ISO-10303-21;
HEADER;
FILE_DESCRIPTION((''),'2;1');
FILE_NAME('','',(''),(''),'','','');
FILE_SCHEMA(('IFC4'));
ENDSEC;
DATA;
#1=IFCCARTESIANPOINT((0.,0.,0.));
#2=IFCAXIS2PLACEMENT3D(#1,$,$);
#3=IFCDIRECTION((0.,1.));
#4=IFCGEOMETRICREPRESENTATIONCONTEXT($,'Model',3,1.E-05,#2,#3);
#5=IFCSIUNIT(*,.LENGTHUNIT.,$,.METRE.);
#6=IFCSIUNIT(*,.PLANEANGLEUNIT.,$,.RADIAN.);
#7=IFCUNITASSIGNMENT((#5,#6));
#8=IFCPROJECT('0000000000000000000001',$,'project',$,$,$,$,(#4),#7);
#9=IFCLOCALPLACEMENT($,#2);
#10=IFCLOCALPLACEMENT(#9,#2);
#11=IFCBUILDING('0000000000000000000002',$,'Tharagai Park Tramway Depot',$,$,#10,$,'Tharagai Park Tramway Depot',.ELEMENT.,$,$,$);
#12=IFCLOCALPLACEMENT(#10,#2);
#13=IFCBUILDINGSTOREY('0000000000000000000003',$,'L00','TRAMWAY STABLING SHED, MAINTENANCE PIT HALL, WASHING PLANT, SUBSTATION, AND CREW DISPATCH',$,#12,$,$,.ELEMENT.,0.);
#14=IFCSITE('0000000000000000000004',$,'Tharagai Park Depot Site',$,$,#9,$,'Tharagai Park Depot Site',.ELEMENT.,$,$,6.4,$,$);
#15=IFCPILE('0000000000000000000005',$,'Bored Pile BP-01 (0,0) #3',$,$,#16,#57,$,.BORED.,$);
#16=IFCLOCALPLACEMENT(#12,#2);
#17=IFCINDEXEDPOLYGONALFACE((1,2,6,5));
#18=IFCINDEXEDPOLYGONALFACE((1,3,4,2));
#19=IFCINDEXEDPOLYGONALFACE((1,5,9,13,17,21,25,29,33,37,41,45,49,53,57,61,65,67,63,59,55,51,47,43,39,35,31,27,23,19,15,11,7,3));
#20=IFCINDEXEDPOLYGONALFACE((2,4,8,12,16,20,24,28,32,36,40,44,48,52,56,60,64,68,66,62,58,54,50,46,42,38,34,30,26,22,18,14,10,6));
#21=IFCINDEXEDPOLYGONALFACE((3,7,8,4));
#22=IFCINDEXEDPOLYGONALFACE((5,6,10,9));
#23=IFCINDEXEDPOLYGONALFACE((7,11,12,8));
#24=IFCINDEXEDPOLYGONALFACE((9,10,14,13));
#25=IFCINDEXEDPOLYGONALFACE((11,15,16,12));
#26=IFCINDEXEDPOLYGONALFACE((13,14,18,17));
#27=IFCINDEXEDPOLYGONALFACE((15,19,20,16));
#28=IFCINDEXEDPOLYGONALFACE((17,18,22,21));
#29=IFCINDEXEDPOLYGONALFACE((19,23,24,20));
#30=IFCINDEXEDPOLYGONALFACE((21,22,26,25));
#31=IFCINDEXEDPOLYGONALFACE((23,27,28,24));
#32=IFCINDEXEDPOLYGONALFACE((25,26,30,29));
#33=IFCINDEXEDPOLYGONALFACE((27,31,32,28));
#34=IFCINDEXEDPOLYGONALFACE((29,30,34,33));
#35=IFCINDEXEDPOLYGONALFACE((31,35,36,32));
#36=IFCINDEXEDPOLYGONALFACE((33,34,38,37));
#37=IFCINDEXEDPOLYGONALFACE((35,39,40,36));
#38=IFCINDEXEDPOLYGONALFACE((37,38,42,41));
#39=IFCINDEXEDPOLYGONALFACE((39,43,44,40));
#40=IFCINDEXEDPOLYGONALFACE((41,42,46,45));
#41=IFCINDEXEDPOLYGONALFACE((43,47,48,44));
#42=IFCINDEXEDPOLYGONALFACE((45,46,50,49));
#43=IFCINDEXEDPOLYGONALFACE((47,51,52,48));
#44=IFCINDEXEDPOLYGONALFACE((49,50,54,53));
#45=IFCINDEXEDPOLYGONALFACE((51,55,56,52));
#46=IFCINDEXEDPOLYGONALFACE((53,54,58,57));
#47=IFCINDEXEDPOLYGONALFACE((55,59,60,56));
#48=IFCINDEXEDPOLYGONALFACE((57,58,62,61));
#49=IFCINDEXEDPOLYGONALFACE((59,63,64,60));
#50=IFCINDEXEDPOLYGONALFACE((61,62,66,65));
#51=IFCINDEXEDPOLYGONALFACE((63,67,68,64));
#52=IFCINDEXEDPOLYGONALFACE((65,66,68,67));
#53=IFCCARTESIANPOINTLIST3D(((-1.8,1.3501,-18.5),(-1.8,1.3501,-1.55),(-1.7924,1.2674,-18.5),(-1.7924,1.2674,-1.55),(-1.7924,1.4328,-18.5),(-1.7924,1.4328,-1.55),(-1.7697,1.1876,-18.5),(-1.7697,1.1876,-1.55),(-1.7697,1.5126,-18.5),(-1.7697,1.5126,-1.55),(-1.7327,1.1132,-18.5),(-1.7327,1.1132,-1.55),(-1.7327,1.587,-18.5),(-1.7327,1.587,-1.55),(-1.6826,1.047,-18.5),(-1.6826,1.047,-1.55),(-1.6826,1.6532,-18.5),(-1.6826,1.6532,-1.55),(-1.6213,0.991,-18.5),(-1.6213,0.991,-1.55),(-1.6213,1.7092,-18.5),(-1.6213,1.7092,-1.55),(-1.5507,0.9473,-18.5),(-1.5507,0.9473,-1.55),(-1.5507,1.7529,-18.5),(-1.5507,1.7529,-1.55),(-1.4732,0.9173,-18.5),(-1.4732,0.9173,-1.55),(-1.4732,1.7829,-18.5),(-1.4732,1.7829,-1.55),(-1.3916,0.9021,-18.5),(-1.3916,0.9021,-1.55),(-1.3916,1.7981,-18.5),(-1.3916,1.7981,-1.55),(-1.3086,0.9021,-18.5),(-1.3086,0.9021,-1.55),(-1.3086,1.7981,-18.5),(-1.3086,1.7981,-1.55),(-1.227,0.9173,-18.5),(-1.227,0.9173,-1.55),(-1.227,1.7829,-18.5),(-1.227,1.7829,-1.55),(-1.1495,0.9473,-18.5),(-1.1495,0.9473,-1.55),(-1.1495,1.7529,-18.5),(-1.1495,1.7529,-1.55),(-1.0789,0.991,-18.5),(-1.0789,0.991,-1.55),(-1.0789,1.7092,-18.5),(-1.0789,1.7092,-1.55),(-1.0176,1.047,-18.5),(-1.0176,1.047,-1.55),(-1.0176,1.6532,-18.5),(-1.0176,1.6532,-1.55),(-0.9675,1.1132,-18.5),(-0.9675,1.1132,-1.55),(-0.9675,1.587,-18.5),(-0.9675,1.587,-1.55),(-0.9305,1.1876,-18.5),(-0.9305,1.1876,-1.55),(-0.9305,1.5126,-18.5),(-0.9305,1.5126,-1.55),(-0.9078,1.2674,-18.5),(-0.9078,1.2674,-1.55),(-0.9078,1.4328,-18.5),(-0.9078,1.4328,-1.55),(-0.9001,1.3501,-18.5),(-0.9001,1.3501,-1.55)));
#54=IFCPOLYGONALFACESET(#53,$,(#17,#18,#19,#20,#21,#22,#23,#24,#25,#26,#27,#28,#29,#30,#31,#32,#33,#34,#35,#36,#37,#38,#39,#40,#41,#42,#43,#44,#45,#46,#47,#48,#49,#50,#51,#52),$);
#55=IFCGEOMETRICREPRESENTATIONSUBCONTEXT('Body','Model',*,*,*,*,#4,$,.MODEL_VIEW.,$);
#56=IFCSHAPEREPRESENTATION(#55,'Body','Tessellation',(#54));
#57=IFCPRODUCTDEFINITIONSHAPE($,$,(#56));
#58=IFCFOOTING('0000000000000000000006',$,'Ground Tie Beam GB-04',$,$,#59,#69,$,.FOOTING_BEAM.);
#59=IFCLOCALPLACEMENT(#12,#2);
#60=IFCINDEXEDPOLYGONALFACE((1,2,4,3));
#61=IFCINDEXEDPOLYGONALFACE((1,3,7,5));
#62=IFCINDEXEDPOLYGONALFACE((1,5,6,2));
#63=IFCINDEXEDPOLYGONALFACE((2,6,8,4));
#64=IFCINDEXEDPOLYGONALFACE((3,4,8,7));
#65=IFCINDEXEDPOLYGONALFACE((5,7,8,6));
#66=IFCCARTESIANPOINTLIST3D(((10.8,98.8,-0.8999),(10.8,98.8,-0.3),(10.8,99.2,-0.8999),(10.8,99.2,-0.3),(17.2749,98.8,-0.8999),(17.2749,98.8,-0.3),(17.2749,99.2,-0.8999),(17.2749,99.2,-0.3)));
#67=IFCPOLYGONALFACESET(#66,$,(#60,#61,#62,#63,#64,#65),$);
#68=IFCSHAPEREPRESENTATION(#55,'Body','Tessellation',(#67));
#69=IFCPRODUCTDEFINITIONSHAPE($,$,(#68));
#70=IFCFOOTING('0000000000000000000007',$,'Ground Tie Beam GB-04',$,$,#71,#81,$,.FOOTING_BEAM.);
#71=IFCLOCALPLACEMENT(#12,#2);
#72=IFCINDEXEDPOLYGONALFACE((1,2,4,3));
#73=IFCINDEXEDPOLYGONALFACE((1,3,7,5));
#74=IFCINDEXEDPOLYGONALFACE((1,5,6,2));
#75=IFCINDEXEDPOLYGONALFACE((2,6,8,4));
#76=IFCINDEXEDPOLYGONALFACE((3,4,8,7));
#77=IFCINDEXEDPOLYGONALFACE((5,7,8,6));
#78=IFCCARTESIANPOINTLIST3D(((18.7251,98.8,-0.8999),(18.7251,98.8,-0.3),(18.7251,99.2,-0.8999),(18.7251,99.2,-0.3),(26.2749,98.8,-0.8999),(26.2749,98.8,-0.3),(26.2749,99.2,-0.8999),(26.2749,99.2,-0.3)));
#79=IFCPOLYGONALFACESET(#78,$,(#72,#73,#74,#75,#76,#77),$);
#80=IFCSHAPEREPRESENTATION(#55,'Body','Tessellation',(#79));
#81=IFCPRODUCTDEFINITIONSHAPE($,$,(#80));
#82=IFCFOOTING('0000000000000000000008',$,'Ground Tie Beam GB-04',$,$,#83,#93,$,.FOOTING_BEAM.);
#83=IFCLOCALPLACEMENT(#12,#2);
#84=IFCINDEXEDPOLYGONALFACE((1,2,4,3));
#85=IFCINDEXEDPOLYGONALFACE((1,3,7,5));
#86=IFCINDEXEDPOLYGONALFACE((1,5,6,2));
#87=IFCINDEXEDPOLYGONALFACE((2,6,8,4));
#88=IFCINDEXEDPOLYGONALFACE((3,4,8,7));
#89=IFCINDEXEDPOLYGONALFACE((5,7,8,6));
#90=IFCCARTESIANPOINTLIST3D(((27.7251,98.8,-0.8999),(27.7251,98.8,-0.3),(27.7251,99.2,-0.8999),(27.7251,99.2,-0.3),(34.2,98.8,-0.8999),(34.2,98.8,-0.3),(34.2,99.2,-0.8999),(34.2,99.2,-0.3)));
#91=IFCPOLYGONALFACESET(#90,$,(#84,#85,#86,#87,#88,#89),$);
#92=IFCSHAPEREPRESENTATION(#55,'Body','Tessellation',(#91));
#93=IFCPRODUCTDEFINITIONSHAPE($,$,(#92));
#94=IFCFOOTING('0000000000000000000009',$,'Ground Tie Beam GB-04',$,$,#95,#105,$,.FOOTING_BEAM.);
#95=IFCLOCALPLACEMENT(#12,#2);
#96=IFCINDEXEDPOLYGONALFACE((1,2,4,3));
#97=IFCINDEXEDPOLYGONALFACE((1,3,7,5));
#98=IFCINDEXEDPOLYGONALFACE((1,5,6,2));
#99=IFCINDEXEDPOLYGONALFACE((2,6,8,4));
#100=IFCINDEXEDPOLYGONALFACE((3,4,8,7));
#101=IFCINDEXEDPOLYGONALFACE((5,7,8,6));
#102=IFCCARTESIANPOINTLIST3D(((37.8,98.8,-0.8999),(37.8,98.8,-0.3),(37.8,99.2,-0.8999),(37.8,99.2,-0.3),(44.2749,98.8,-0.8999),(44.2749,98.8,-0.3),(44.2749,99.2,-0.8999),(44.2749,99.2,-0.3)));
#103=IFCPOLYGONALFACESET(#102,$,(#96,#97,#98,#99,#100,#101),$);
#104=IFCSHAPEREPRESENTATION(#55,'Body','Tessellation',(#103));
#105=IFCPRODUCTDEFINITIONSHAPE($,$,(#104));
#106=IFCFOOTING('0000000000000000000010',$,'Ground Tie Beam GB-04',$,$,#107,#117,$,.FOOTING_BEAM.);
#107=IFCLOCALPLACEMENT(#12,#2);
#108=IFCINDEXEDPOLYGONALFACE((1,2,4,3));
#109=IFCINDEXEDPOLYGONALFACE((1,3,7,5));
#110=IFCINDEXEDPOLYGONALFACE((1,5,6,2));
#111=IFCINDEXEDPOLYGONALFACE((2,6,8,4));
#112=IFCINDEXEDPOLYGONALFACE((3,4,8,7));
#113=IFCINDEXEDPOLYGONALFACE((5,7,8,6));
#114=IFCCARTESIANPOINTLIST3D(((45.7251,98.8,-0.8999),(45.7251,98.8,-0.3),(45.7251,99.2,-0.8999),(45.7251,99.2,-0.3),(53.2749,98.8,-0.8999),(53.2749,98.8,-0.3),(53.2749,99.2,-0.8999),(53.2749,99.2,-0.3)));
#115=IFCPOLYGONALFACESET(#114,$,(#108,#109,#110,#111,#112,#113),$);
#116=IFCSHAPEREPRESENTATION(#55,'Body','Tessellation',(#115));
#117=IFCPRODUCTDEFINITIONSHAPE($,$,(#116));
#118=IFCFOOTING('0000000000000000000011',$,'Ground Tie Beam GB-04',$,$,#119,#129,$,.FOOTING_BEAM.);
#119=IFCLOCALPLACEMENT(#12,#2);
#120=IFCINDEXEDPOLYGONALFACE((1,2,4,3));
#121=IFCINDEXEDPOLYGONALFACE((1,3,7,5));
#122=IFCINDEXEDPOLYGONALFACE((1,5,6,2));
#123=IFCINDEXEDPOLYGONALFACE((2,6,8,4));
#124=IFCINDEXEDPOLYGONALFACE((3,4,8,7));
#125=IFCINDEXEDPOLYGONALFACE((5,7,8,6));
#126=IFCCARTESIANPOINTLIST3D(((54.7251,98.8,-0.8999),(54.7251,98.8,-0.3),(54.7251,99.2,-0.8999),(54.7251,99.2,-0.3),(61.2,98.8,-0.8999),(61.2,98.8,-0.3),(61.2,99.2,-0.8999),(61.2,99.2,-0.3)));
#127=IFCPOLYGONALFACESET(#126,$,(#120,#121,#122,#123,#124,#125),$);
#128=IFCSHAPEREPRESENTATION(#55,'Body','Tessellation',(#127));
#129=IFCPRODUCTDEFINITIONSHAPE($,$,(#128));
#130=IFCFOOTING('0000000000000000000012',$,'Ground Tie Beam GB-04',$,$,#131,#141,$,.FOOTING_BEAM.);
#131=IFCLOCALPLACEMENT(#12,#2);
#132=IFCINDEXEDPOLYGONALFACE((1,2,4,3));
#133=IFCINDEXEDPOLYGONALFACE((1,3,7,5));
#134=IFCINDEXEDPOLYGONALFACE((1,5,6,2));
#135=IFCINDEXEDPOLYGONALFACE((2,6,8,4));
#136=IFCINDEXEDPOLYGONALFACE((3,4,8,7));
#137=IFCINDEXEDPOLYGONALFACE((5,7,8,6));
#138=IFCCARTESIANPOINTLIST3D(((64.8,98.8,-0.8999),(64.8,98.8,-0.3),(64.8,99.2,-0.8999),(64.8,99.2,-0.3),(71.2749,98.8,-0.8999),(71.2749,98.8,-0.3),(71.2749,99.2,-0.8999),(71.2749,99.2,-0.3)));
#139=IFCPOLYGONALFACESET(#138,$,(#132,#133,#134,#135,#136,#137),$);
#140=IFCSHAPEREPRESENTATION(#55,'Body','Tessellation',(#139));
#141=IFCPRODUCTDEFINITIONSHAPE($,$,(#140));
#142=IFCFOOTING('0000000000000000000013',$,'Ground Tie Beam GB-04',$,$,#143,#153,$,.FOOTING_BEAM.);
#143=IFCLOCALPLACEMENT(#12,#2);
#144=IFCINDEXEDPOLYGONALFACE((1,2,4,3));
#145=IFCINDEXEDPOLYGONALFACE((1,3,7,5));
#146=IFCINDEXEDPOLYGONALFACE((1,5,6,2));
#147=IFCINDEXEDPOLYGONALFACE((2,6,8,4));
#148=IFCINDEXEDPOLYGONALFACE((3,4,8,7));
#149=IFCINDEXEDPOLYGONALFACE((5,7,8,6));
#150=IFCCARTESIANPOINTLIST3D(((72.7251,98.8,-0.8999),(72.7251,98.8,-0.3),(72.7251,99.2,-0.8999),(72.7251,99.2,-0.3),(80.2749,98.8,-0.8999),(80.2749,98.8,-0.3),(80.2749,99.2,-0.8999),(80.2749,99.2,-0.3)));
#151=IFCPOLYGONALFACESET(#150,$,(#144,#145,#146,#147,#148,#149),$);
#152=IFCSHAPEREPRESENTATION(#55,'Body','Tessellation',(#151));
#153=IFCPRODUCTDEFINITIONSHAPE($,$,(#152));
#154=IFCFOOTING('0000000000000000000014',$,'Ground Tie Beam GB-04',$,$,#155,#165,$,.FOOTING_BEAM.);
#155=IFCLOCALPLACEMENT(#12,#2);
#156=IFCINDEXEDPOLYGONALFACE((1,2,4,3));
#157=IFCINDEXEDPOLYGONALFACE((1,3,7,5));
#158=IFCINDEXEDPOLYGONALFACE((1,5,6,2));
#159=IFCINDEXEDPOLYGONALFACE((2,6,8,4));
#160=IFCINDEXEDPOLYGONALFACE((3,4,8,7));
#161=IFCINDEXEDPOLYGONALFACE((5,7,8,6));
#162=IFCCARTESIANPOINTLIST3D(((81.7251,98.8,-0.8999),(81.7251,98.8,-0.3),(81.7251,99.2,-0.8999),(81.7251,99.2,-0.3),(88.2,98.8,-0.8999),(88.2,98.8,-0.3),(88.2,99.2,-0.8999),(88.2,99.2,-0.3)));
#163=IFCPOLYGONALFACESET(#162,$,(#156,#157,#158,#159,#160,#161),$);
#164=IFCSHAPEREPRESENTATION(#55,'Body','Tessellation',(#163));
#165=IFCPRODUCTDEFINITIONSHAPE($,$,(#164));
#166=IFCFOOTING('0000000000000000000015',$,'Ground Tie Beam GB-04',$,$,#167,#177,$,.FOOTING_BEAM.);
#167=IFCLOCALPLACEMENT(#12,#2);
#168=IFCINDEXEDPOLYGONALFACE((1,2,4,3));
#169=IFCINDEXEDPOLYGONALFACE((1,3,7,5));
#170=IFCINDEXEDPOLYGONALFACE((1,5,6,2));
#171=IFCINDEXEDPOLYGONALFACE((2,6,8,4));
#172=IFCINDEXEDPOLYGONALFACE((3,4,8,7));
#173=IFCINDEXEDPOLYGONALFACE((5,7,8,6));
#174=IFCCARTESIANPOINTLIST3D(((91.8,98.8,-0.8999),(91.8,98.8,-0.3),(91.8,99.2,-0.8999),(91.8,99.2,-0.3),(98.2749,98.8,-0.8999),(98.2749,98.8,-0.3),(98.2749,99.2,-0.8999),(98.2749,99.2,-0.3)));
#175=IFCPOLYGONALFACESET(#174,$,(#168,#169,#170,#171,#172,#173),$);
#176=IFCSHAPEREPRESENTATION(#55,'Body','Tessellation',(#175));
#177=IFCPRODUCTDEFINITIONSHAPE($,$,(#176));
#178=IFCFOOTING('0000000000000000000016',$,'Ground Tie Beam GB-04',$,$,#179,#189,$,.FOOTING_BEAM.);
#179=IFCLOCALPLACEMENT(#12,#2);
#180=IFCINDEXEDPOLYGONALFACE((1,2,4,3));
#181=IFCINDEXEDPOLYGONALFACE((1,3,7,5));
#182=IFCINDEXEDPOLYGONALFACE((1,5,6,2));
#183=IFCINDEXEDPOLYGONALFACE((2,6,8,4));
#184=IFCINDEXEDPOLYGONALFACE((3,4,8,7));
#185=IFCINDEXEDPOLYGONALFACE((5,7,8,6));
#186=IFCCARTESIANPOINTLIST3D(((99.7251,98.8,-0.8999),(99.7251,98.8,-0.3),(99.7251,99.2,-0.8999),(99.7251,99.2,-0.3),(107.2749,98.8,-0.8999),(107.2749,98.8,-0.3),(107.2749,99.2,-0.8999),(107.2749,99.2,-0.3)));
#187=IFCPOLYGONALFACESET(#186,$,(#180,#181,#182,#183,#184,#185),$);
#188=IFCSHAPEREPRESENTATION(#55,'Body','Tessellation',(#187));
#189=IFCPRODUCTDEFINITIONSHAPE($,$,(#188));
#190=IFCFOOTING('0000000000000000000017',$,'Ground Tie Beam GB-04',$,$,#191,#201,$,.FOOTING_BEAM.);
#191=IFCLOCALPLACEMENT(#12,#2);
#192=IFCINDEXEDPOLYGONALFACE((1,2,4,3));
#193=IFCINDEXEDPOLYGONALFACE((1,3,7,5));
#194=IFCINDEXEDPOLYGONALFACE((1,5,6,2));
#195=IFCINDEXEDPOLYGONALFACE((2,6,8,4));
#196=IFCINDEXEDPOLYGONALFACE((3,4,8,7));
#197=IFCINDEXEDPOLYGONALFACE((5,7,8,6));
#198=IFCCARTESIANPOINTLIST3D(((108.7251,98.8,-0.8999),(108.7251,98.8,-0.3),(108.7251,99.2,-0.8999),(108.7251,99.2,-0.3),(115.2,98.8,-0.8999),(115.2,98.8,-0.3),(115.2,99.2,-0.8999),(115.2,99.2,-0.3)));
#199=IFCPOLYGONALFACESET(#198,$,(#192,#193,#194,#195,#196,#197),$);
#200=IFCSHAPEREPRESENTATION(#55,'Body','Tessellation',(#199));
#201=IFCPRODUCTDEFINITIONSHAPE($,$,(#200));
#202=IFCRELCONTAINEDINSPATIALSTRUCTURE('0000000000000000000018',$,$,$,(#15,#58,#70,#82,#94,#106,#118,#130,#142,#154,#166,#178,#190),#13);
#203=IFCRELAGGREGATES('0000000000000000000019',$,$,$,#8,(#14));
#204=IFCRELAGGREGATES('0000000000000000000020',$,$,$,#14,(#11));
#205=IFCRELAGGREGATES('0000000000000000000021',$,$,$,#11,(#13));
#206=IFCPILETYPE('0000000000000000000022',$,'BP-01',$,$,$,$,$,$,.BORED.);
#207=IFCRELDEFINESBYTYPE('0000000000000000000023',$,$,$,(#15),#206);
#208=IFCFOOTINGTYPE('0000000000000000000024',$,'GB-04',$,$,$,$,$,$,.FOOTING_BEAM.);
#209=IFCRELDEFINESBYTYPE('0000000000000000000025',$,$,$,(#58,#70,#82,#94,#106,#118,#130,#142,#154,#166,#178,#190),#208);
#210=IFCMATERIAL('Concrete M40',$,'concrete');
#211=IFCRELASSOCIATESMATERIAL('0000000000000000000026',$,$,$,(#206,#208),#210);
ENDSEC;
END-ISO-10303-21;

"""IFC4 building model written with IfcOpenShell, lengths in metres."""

from ifc_helpers import new_model, si_unit, direction, frame, origin, origin_2d, place, context, subcontext, project, spatial, polyline, circle, outline, extrude, material, material_profile, profile_set, type_object, element, save


model = new_model("IFC4")

# Units and contexts
model_context = context("Model", 3, precision=1e-05, world=origin(), true_north=direction((0.0, 1.0)))
body_context = subcontext(model_context, "Body", "Model", "MODEL_VIEW")
ifc_project = project(units=[si_unit("LENGTHUNIT", "METRE"), si_unit("PLANEANGLEUNIT", "RADIAN")], contexts=[model_context])

# Site, building, storey
site_placement = place(None, origin())
site = spatial("IfcSite", under=ifc_project, at=site_placement, Name="Tharagai Park Depot Site", LongName="Tharagai Park Depot Site", CompositionType="ELEMENT", RefElevation=6.4)
building_placement = place(site_placement, origin())
building = spatial("IfcBuilding", under=site, at=building_placement, Name="Tharagai Park Tramway Depot", LongName="Tharagai Park Tramway Depot", CompositionType="ELEMENT")
storey_placement = place(building_placement, origin())
storey = spatial("IfcBuildingStorey", under=building, at=storey_placement, Name="L00", Description="TRAMWAY STABLING SHED, MAINTENANCE PIT HALL, WASHING PLANT, SUBSTATION, AND CREW DISPATCH", CompositionType="ELEMENT", Elevation=0.0)

# Pile
ifc_material = material(Name="Concrete M40", Category="concrete")
ifc_material_profile = material_profile(ifc_material, circle(Radius=0.45, at=origin_2d()), Name="PILE D900")
ifc_profile_set = profile_set([ifc_material_profile], Name="Concrete M40")
pile_type = type_object("IfcPileType", Name="BP-01", PredefinedType="BORED", material=ifc_profile_set)
pile_placement = place(storey_placement, frame((-1.3501, 1.3501, -1.55), z_axis=(0.0, 0.0, -1.0), x_axis=(1.0, 0.0, 0.0)))
element("IfcPile", 1, at=pile_placement, inside=storey, type_object=pile_type, Name="Bored Pile BP-01 (0,0) #3", PredefinedType="BORED", context=body_context, shape_type="SweptSolid", body=[
    extrude(circle(Radius=0.45, at=origin_2d()), origin(), (0.0, 0.0, 1.0), 16.95),
])

# Footings
footing_type = type_object("IfcFootingType", Name="GB-04", PredefinedType="FOOTING_BEAM", material=ifc_material)
footing_1_placement = place(storey_placement, frame((0.0, 0.0, -0.8999)))
element("IfcFooting", 2, at=footing_1_placement, inside=storey, type_object=footing_type, Name="Ground Tie Beam GB-04", PredefinedType="FOOTING_BEAM", context=body_context, shape_type="SweptSolid", body=[
    extrude(outline(polyline([(10.8, 98.8), (17.2749, 98.8), (17.2749, 99.2), (10.8, 99.2), (10.8, 98.8)])), origin(), (0.0, 0.0, 1.0), 0.5999),
])
footing_2_placement = place(storey_placement, frame((0.0, 0.0, -0.8999)))
element("IfcFooting", 3, at=footing_2_placement, inside=storey, type_object=footing_type, Name="Ground Tie Beam GB-04", PredefinedType="FOOTING_BEAM", context=body_context, shape_type="SweptSolid", body=[
    extrude(outline(polyline([(18.7251, 98.8), (26.2749, 98.8), (26.2749, 99.2), (18.7251, 99.2), (18.7251, 98.8)])), origin(), (0.0, 0.0, 1.0), 0.5999),
])
footing_3_placement = place(storey_placement, frame((0.0, 0.0, -0.8999)))
element("IfcFooting", 4, at=footing_3_placement, inside=storey, type_object=footing_type, Name="Ground Tie Beam GB-04", PredefinedType="FOOTING_BEAM", context=body_context, shape_type="SweptSolid", body=[
    extrude(outline(polyline([(27.7251, 98.8), (34.2, 98.8), (34.2, 99.2), (27.7251, 99.2), (27.7251, 98.8)])), origin(), (0.0, 0.0, 1.0), 0.5999),
])
footing_4_placement = place(storey_placement, frame((0.0, 0.0, -0.8999)))
element("IfcFooting", 5, at=footing_4_placement, inside=storey, type_object=footing_type, Name="Ground Tie Beam GB-04", PredefinedType="FOOTING_BEAM", context=body_context, shape_type="SweptSolid", body=[
    extrude(outline(polyline([(37.8, 98.8), (44.2749, 98.8), (44.2749, 99.2), (37.8, 99.2), (37.8, 98.8)])), origin(), (0.0, 0.0, 1.0), 0.5999),
])
footing_5_placement = place(storey_placement, frame((0.0, 0.0, -0.8999)))
element("IfcFooting", 6, at=footing_5_placement, inside=storey, type_object=footing_type, Name="Ground Tie Beam GB-04", PredefinedType="FOOTING_BEAM", context=body_context, shape_type="SweptSolid", body=[
    extrude(outline(polyline([(45.7251, 98.8), (53.2749, 98.8), (53.2749, 99.2), (45.7251, 99.2), (45.7251, 98.8)])), origin(), (0.0, 0.0, 1.0), 0.5999),
])
footing_6_placement = place(storey_placement, frame((0.0, 0.0, -0.8999)))
element("IfcFooting", 7, at=footing_6_placement, inside=storey, type_object=footing_type, Name="Ground Tie Beam GB-04", PredefinedType="FOOTING_BEAM", context=body_context, shape_type="SweptSolid", body=[
    extrude(outline(polyline([(54.7251, 98.8), (61.2, 98.8), (61.2, 99.2), (54.7251, 99.2), (54.7251, 98.8)])), origin(), (0.0, 0.0, 1.0), 0.5999),
])
footing_7_placement = place(storey_placement, frame((0.0, 0.0, -0.8999)))
element("IfcFooting", 8, at=footing_7_placement, inside=storey, type_object=footing_type, Name="Ground Tie Beam GB-04", PredefinedType="FOOTING_BEAM", context=body_context, shape_type="SweptSolid", body=[
    extrude(outline(polyline([(64.8, 98.8), (71.2749, 98.8), (71.2749, 99.2), (64.8, 99.2), (64.8, 98.8)])), origin(), (0.0, 0.0, 1.0), 0.5999),
])
footing_8_placement = place(storey_placement, frame((0.0, 0.0, -0.8999)))
element("IfcFooting", 9, at=footing_8_placement, inside=storey, type_object=footing_type, Name="Ground Tie Beam GB-04", PredefinedType="FOOTING_BEAM", context=body_context, shape_type="SweptSolid", body=[
    extrude(outline(polyline([(72.7251, 98.8), (80.2749, 98.8), (80.2749, 99.2), (72.7251, 99.2), (72.7251, 98.8)])), origin(), (0.0, 0.0, 1.0), 0.5999),
])
footing_9_placement = place(storey_placement, frame((0.0, 0.0, -0.8999)))
element("IfcFooting", 10, at=footing_9_placement, inside=storey, type_object=footing_type, Name="Ground Tie Beam GB-04", PredefinedType="FOOTING_BEAM", context=body_context, shape_type="SweptSolid", body=[
    extrude(outline(polyline([(81.7251, 98.8), (88.2, 98.8), (88.2, 99.2), (81.7251, 99.2), (81.7251, 98.8)])), origin(), (0.0, 0.0, 1.0), 0.5999),
])
footing_10_placement = place(storey_placement, frame((0.0, 0.0, -0.8999)))
element("IfcFooting", 11, at=footing_10_placement, inside=storey, type_object=footing_type, Name="Ground Tie Beam GB-04", PredefinedType="FOOTING_BEAM", context=body_context, shape_type="SweptSolid", body=[
    extrude(outline(polyline([(91.8, 98.8), (98.2749, 98.8), (98.2749, 99.2), (91.8, 99.2), (91.8, 98.8)])), origin(), (0.0, 0.0, 1.0), 0.5999),
])
footing_11_placement = place(storey_placement, frame((0.0, 0.0, -0.8999)))
element("IfcFooting", 12, at=footing_11_placement, inside=storey, type_object=footing_type, Name="Ground Tie Beam GB-04", PredefinedType="FOOTING_BEAM", context=body_context, shape_type="SweptSolid", body=[
    extrude(outline(polyline([(99.7251, 98.8), (107.2749, 98.8), (107.2749, 99.2), (99.7251, 99.2), (99.7251, 98.8)])), origin(), (0.0, 0.0, 1.0), 0.5999),
])
footing_12_placement = place(storey_placement, frame((0.0, 0.0, -0.8999)))
element("IfcFooting", 13, at=footing_12_placement, inside=storey, type_object=footing_type, Name="Ground Tie Beam GB-04", PredefinedType="FOOTING_BEAM", context=body_context, shape_type="SweptSolid", body=[
    extrude(outline(polyline([(108.7251, 98.8), (115.2, 98.8), (115.2, 99.2), (108.7251, 99.2), (108.7251, 98.8)])), origin(), (0.0, 0.0, 1.0), 0.5999),
])

save(model, "model.ifc")
